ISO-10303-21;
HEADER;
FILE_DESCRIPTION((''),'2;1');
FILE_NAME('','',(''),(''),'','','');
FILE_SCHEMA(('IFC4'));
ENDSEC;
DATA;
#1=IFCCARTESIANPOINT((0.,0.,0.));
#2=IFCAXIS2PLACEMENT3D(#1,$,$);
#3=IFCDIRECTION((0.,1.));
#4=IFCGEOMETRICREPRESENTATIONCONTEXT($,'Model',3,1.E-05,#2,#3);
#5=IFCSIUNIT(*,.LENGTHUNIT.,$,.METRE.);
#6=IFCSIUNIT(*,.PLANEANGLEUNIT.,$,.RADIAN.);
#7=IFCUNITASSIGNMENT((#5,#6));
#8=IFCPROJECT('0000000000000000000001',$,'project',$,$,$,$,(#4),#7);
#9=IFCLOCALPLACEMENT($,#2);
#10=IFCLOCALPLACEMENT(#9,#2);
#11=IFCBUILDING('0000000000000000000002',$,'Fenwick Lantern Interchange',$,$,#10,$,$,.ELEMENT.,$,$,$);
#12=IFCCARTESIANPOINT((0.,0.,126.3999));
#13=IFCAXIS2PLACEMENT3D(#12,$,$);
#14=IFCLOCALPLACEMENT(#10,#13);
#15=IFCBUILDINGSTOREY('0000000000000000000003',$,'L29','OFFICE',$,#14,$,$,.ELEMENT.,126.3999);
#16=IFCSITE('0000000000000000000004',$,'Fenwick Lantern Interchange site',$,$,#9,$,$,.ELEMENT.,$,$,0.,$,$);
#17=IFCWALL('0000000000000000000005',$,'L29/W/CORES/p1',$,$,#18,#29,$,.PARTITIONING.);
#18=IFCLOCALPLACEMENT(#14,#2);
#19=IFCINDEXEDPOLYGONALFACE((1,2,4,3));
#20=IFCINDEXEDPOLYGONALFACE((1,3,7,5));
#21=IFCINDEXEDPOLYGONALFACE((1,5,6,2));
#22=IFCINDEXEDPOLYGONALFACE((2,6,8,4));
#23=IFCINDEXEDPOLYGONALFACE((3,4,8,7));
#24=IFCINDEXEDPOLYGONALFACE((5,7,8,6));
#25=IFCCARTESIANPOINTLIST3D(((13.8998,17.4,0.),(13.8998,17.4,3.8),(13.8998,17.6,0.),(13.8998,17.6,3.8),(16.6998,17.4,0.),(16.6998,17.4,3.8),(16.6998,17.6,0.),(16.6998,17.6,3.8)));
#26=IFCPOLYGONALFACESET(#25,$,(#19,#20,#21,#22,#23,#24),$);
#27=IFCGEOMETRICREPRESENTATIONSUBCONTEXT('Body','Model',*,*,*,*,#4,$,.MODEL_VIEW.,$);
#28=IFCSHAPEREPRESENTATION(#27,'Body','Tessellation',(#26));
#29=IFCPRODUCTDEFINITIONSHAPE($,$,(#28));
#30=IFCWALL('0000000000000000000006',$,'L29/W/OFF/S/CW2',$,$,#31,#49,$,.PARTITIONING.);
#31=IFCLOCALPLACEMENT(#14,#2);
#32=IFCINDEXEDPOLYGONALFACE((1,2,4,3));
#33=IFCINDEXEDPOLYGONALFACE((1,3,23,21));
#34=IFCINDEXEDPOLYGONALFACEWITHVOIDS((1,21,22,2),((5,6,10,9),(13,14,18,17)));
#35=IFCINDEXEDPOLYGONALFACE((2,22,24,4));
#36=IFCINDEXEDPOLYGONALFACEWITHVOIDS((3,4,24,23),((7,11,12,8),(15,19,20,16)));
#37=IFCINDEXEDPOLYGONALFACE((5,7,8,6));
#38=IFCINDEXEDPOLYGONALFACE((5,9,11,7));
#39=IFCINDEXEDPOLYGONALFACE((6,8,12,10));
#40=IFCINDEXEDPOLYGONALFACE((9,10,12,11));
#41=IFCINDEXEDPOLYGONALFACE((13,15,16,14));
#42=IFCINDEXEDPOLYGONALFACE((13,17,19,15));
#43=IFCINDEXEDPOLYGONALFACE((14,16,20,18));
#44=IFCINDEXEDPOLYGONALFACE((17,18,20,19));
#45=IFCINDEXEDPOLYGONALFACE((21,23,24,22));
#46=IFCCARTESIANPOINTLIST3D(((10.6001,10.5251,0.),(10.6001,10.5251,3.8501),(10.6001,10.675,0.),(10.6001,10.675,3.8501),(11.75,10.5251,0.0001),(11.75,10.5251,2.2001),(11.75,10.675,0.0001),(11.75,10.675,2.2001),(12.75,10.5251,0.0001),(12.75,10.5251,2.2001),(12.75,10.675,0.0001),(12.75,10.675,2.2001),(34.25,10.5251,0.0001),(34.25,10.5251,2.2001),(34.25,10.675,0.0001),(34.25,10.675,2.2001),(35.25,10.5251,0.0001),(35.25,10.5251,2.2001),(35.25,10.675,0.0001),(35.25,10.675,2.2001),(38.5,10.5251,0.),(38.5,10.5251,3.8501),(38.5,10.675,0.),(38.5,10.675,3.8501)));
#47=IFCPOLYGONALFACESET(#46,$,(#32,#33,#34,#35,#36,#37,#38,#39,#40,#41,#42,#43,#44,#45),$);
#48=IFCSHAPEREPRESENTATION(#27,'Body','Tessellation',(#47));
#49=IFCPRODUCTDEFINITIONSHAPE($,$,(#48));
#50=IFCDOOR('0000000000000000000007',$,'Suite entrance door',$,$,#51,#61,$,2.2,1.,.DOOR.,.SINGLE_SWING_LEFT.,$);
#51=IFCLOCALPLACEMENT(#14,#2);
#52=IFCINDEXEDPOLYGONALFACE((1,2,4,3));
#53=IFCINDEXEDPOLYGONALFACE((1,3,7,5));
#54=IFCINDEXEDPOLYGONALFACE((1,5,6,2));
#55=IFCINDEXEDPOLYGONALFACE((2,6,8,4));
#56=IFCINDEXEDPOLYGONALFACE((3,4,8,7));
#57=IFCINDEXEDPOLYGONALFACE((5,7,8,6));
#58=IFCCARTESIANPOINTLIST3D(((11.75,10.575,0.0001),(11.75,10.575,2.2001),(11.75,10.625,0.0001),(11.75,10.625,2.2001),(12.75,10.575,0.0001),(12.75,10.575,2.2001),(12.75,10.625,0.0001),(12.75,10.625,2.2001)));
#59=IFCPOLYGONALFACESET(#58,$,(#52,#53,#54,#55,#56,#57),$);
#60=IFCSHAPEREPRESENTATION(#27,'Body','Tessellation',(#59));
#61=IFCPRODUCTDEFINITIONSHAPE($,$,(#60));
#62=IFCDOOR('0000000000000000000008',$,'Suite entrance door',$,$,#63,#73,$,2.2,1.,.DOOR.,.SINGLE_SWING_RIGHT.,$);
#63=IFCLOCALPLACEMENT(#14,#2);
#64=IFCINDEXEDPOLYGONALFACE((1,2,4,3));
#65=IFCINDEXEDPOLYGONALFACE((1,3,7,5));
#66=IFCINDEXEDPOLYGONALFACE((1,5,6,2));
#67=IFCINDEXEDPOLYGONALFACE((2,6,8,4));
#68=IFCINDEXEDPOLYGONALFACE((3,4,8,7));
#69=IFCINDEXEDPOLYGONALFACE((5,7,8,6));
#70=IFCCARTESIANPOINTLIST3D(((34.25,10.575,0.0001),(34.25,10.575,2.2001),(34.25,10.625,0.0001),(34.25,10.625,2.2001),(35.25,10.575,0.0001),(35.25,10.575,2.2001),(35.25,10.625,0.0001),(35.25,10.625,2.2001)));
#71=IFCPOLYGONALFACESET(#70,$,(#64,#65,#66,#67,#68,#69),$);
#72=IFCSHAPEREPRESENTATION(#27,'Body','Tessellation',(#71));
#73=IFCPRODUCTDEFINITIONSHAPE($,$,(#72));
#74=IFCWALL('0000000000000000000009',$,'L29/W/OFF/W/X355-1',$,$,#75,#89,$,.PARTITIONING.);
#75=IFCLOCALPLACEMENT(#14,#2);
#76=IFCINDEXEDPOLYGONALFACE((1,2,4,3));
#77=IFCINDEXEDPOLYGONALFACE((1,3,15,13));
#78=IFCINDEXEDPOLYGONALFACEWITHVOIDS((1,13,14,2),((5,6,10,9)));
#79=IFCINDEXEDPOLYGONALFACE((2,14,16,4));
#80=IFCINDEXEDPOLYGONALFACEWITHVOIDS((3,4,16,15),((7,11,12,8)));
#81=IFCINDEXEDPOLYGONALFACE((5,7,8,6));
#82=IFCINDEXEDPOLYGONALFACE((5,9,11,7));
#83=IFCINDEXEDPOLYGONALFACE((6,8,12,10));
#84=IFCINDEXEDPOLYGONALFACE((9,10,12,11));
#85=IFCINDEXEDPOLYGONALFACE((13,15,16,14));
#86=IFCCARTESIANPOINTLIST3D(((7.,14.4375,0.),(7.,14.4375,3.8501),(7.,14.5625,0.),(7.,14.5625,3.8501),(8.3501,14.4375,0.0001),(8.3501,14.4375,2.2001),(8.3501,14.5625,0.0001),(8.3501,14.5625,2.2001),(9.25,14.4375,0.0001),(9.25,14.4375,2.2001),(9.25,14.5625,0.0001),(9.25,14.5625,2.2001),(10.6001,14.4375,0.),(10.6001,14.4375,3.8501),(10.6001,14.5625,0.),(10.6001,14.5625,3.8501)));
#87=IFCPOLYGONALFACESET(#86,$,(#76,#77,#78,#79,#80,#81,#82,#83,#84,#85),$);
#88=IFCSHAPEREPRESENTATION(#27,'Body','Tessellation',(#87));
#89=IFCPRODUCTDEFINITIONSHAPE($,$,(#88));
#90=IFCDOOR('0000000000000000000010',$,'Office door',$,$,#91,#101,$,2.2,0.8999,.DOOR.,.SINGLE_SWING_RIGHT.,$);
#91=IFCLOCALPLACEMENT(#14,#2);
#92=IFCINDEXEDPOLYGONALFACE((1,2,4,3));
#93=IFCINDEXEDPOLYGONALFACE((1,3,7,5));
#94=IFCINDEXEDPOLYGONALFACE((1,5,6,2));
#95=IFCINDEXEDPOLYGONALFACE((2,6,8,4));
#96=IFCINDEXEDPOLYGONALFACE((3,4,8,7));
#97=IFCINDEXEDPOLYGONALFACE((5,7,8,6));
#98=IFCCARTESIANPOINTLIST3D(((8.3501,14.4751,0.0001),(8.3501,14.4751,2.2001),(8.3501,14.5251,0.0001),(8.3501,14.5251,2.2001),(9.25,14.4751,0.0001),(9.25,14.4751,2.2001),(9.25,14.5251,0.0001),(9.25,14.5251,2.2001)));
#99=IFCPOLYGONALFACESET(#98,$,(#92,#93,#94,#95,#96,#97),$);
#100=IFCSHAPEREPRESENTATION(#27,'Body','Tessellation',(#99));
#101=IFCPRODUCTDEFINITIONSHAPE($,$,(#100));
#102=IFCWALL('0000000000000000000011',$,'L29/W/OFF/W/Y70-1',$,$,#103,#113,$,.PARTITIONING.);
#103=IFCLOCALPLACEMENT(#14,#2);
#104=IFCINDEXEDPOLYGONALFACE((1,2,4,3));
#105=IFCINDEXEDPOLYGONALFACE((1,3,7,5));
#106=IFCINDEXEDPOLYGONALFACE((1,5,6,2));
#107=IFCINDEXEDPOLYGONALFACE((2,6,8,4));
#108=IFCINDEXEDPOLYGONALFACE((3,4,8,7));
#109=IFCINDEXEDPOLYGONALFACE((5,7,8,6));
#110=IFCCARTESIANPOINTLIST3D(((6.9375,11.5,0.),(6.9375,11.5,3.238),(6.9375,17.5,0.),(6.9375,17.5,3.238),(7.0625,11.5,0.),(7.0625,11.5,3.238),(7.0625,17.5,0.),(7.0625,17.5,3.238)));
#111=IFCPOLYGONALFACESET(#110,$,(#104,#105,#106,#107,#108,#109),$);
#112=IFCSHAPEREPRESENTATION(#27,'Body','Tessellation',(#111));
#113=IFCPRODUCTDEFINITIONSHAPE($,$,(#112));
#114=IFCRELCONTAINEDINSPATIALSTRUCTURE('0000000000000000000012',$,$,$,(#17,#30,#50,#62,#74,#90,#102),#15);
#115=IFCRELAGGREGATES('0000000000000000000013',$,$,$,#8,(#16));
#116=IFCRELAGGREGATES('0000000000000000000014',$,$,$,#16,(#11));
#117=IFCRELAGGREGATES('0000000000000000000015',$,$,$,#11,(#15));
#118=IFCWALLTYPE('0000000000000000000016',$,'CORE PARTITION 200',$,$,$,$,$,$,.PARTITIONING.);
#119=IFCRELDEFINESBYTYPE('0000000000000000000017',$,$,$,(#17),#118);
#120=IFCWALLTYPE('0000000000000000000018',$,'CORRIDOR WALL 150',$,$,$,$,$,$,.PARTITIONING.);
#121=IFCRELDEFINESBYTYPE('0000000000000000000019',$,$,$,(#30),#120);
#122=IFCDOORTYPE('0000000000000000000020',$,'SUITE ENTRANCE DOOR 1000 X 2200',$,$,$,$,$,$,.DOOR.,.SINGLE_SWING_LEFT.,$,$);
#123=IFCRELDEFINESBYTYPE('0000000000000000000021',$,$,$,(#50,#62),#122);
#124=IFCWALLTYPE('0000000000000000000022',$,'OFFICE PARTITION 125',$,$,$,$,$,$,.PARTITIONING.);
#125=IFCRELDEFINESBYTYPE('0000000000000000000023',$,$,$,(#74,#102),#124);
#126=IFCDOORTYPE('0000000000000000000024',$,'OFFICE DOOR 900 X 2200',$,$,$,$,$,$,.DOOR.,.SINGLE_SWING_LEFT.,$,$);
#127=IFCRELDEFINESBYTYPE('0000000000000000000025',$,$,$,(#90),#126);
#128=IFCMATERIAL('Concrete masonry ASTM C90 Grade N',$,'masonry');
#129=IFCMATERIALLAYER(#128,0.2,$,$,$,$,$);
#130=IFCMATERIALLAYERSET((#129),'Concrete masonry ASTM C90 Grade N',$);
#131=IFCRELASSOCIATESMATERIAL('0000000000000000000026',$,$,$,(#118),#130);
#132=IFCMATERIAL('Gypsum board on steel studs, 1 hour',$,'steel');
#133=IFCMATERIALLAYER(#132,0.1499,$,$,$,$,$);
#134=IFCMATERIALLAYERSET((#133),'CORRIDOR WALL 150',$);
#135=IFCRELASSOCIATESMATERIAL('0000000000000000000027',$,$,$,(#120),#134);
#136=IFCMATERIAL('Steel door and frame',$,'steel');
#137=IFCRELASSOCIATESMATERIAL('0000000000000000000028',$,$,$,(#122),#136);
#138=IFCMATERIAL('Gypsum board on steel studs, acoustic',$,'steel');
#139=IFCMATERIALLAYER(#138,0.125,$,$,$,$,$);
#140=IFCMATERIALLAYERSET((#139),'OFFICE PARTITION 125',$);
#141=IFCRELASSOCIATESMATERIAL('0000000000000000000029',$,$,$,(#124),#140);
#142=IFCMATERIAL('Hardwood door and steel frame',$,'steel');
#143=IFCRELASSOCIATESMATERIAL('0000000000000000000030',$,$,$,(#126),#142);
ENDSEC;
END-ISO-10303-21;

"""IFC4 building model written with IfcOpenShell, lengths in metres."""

from ifc_helpers import new_model, si_unit, direction, frame, frame_2d, origin, place, context, subcontext, project, spatial, rectangle, extrude, material, layer, layer_set, type_object, element, fill, save


model = new_model("IFC4")

# Units and contexts
model_context = context("Model", 3, precision=1e-05, world=origin(), true_north=direction((0.0, 1.0)))
body_context = subcontext(model_context, "Body", "Model", "MODEL_VIEW")
ifc_project = project(units=[si_unit("LENGTHUNIT", "METRE"), si_unit("PLANEANGLEUNIT", "RADIAN")], contexts=[model_context])

# Site, building, storey
site_placement = place(None, origin())
site = spatial("IfcSite", under=ifc_project, at=site_placement, Name="Fenwick Lantern Interchange site", CompositionType="ELEMENT", RefElevation=0.0)
building_placement = place(site_placement, origin())
building = spatial("IfcBuilding", under=site, at=building_placement, Name="Fenwick Lantern Interchange", CompositionType="ELEMENT")
storey_placement = place(building_placement, frame((0.0, 0.0, 126.3999)))
storey = spatial("IfcBuildingStorey", under=building, at=storey_placement, Name="L29", Description="OFFICE", CompositionType="ELEMENT", Elevation=126.3999)

# Shared definitions
ifc_material_1 = material(Name="Concrete masonry ASTM C90 Grade N", Category="masonry")
ifc_layer_1 = layer(ifc_material_1, 0.2)
ifc_layer_set_1 = layer_set([ifc_layer_1], Name="Concrete masonry ASTM C90 Grade N")
wall_type_1 = type_object("IfcWallType", Name="CORE PARTITION 200", PredefinedType="PARTITIONING", material=ifc_layer_set_1)
ifc_material_2 = material(Name="Steel door and frame", Category="steel")

# Wall
wall_1_placement = place(storey_placement, frame((13.8999, 17.5, 0.0), z_axis=(0.0, 0.0, 1.0), x_axis=(1.0, 0.0, 0.0)))
element("IfcWall", 1, at=wall_1_placement, inside=storey, type_object=wall_type_1, Name="L29/W/CORES/p1", PredefinedType="PARTITIONING", context=body_context, shape_type="SweptSolid", body=[
    extrude(rectangle(XDim=2.8, YDim=0.2, at=frame_2d((1.3999, 0.0))), origin(), (0.0, 0.0, 1.0), 3.8),
])

# Wall, openings, doors
ifc_material_3 = material(Name="Hardwood door and steel frame", Category="steel")
ifc_material_4 = material(Name="Gypsum board on steel studs, 1 hour", Category="steel")
ifc_layer_2 = layer(ifc_material_4, 0.1499)
ifc_layer_set_2 = layer_set([ifc_layer_2], Name="CORRIDOR WALL 150")
wall_type_2 = type_object("IfcWallType", Name="CORRIDOR WALL 150", PredefinedType="PARTITIONING", material=ifc_layer_set_2)
wall_2_placement = place(storey_placement, frame((10.6001, 10.6001, 0.0), z_axis=(0.0, 0.0, 1.0), x_axis=(1.0, 0.0, 0.0)))
wall_2 = element("IfcWall", 2, at=wall_2_placement, inside=storey, type_object=wall_type_2, Name="L29/W/OFF/S/CW2", PredefinedType="PARTITIONING", context=body_context, shape_type="SweptSolid", body=[
    extrude(rectangle(XDim=27.8999, YDim=0.1499, at=frame_2d((13.95, 0.0))), origin(), (0.0, 0.0, 1.0), 3.8501),
])
opening_1_placement = place(wall_2_placement, frame((1.1499, 0.0, 0.0)))
opening_1 = element("IfcOpeningElement", 3, at=opening_1_placement, cuts=wall_2, PredefinedType="OPENING", context=body_context, shape_type="SweptSolid", body=[
    extrude(rectangle(XDim=1.0, YDim=2.2, at=frame_2d((0.5, 1.1001))), frame((0.0, 0.085, 0.0), z_axis=(0.0, -1.0, 0.0), x_axis=(1.0, 0.0, 0.0)), (0.0, 0.0, 1.0), 0.1699),
])
opening_2_placement = place(wall_2_placement, frame((23.6499, 0.0, 0.0)))
opening_2 = element("IfcOpeningElement", 4, at=opening_2_placement, cuts=wall_2, PredefinedType="OPENING", context=body_context, shape_type="SweptSolid", body=[
    extrude(rectangle(XDim=1.0, YDim=2.2, at=frame_2d((0.5, 1.1001))), frame((0.0, 0.085, 0.0), z_axis=(0.0, -1.0, 0.0), x_axis=(1.0, 0.0, 0.0)), (0.0, 0.0, 1.0), 0.1699),
])
door_type_1 = type_object("IfcDoorType", Name="SUITE ENTRANCE DOOR 1000 X 2200", OperationType="SINGLE_SWING_LEFT", PredefinedType="DOOR", material=ifc_material_2)
door_1_placement = place(opening_1_placement, origin())
door_1 = element("IfcDoor", 5, at=door_1_placement, inside=storey, type_object=door_type_1, Name="Suite entrance door", OperationType="SINGLE_SWING_LEFT", OverallHeight=2.2, OverallWidth=1.0, PredefinedType="DOOR", context=body_context, shape_type="SweptSolid", body=[
    extrude(rectangle(XDim=1.0, YDim=2.2, at=frame_2d((0.5, 1.1001))), frame((0.0, 0.0249, 0.0), z_axis=(0.0, -1.0, 0.0), x_axis=(1.0, 0.0, 0.0)), (0.0, 0.0, 1.0), 0.05),
])
fill(opening_1, door_1)
door_2_placement = place(opening_2_placement, origin())
door_2 = element("IfcDoor", 6, at=door_2_placement, inside=storey, type_object=door_type_1, Name="Suite entrance door", OperationType="SINGLE_SWING_RIGHT", OverallHeight=2.2, OverallWidth=1.0, PredefinedType="DOOR", context=body_context, shape_type="SweptSolid", body=[
    extrude(rectangle(XDim=1.0, YDim=2.2, at=frame_2d((0.5, 1.1001))), frame((0.0, 0.0249, 0.0), z_axis=(0.0, -1.0, 0.0), x_axis=(1.0, 0.0, 0.0)), (0.0, 0.0, 1.0), 0.05),
])
fill(opening_2, door_2)

# Wall, opening, door
ifc_material_5 = material(Name="Gypsum board on steel studs, acoustic", Category="steel")
ifc_layer_3 = layer(ifc_material_5, 0.125)
ifc_layer_set_3 = layer_set([ifc_layer_3], Name="OFFICE PARTITION 125")
wall_type_3 = type_object("IfcWallType", Name="OFFICE PARTITION 125", PredefinedType="PARTITIONING", material=ifc_layer_set_3)
wall_3_placement = place(storey_placement, frame((7.0, 14.5, 0.0), z_axis=(0.0, 0.0, 1.0), x_axis=(1.0, 0.0, 0.0)))
wall_3 = element("IfcWall", 7, at=wall_3_placement, inside=storey, type_object=wall_type_3, Name="L29/W/OFF/W/X355-1", PredefinedType="PARTITIONING", context=body_context, shape_type="SweptSolid", body=[
    extrude(rectangle(XDim=3.6001, YDim=0.125, at=frame_2d((1.8, 0.0))), origin(), (0.0, 0.0, 1.0), 3.8501),
])
opening_3_placement = place(wall_3_placement, frame((1.3501, 0.0, 0.0)))
opening_3 = element("IfcOpeningElement", 8, at=opening_3_placement, cuts=wall_3, PredefinedType="OPENING", context=body_context, shape_type="SweptSolid", body=[
    extrude(rectangle(XDim=0.8999, YDim=2.2, at=frame_2d((0.45, 1.1001))), frame((0.0, 0.0725, 0.0), z_axis=(0.0, -1.0, 0.0), x_axis=(1.0, 0.0, 0.0)), (0.0, 0.0, 1.0), 0.145),
])
door_type_2 = type_object("IfcDoorType", Name="OFFICE DOOR 900 X 2200", OperationType="SINGLE_SWING_LEFT", PredefinedType="DOOR", material=ifc_material_3)
door_3_placement = place(opening_3_placement, frame((0.8999, 0.0, 0.0), z_axis=(0.0, 0.0, 1.0), x_axis=(-1.0, 0.0, 0.0)))
door_3 = element("IfcDoor", 9, at=door_3_placement, inside=storey, type_object=door_type_2, Name="Office door", OperationType="SINGLE_SWING_RIGHT", OverallHeight=2.2, OverallWidth=0.8999, PredefinedType="DOOR", context=body_context, shape_type="SweptSolid", body=[
    extrude(rectangle(XDim=0.8999, YDim=2.2, at=frame_2d((0.45, 1.1001))), frame((0.0, 0.0249, 0.0), z_axis=(0.0, -1.0, 0.0), x_axis=(1.0, 0.0, 0.0)), (0.0, 0.0, 1.0), 0.05),
])
fill(opening_3, door_3)

# Wall
wall_4_placement = place(storey_placement, frame((7.0, 17.5, 0.0), z_axis=(0.0, 0.0, 1.0), x_axis=(0.0, -1.0, 0.0)))
element("IfcWall", 10, at=wall_4_placement, inside=storey, type_object=wall_type_3, Name="L29/W/OFF/W/Y70-1", PredefinedType="PARTITIONING", context=body_context, shape_type="SweptSolid", body=[
    extrude(rectangle(XDim=6.0, YDim=0.125, at=frame_2d((3.0, 0.0))), origin(), (0.0, 0.0, 1.0), 3.238),
])

save(model, "model.ifc")
